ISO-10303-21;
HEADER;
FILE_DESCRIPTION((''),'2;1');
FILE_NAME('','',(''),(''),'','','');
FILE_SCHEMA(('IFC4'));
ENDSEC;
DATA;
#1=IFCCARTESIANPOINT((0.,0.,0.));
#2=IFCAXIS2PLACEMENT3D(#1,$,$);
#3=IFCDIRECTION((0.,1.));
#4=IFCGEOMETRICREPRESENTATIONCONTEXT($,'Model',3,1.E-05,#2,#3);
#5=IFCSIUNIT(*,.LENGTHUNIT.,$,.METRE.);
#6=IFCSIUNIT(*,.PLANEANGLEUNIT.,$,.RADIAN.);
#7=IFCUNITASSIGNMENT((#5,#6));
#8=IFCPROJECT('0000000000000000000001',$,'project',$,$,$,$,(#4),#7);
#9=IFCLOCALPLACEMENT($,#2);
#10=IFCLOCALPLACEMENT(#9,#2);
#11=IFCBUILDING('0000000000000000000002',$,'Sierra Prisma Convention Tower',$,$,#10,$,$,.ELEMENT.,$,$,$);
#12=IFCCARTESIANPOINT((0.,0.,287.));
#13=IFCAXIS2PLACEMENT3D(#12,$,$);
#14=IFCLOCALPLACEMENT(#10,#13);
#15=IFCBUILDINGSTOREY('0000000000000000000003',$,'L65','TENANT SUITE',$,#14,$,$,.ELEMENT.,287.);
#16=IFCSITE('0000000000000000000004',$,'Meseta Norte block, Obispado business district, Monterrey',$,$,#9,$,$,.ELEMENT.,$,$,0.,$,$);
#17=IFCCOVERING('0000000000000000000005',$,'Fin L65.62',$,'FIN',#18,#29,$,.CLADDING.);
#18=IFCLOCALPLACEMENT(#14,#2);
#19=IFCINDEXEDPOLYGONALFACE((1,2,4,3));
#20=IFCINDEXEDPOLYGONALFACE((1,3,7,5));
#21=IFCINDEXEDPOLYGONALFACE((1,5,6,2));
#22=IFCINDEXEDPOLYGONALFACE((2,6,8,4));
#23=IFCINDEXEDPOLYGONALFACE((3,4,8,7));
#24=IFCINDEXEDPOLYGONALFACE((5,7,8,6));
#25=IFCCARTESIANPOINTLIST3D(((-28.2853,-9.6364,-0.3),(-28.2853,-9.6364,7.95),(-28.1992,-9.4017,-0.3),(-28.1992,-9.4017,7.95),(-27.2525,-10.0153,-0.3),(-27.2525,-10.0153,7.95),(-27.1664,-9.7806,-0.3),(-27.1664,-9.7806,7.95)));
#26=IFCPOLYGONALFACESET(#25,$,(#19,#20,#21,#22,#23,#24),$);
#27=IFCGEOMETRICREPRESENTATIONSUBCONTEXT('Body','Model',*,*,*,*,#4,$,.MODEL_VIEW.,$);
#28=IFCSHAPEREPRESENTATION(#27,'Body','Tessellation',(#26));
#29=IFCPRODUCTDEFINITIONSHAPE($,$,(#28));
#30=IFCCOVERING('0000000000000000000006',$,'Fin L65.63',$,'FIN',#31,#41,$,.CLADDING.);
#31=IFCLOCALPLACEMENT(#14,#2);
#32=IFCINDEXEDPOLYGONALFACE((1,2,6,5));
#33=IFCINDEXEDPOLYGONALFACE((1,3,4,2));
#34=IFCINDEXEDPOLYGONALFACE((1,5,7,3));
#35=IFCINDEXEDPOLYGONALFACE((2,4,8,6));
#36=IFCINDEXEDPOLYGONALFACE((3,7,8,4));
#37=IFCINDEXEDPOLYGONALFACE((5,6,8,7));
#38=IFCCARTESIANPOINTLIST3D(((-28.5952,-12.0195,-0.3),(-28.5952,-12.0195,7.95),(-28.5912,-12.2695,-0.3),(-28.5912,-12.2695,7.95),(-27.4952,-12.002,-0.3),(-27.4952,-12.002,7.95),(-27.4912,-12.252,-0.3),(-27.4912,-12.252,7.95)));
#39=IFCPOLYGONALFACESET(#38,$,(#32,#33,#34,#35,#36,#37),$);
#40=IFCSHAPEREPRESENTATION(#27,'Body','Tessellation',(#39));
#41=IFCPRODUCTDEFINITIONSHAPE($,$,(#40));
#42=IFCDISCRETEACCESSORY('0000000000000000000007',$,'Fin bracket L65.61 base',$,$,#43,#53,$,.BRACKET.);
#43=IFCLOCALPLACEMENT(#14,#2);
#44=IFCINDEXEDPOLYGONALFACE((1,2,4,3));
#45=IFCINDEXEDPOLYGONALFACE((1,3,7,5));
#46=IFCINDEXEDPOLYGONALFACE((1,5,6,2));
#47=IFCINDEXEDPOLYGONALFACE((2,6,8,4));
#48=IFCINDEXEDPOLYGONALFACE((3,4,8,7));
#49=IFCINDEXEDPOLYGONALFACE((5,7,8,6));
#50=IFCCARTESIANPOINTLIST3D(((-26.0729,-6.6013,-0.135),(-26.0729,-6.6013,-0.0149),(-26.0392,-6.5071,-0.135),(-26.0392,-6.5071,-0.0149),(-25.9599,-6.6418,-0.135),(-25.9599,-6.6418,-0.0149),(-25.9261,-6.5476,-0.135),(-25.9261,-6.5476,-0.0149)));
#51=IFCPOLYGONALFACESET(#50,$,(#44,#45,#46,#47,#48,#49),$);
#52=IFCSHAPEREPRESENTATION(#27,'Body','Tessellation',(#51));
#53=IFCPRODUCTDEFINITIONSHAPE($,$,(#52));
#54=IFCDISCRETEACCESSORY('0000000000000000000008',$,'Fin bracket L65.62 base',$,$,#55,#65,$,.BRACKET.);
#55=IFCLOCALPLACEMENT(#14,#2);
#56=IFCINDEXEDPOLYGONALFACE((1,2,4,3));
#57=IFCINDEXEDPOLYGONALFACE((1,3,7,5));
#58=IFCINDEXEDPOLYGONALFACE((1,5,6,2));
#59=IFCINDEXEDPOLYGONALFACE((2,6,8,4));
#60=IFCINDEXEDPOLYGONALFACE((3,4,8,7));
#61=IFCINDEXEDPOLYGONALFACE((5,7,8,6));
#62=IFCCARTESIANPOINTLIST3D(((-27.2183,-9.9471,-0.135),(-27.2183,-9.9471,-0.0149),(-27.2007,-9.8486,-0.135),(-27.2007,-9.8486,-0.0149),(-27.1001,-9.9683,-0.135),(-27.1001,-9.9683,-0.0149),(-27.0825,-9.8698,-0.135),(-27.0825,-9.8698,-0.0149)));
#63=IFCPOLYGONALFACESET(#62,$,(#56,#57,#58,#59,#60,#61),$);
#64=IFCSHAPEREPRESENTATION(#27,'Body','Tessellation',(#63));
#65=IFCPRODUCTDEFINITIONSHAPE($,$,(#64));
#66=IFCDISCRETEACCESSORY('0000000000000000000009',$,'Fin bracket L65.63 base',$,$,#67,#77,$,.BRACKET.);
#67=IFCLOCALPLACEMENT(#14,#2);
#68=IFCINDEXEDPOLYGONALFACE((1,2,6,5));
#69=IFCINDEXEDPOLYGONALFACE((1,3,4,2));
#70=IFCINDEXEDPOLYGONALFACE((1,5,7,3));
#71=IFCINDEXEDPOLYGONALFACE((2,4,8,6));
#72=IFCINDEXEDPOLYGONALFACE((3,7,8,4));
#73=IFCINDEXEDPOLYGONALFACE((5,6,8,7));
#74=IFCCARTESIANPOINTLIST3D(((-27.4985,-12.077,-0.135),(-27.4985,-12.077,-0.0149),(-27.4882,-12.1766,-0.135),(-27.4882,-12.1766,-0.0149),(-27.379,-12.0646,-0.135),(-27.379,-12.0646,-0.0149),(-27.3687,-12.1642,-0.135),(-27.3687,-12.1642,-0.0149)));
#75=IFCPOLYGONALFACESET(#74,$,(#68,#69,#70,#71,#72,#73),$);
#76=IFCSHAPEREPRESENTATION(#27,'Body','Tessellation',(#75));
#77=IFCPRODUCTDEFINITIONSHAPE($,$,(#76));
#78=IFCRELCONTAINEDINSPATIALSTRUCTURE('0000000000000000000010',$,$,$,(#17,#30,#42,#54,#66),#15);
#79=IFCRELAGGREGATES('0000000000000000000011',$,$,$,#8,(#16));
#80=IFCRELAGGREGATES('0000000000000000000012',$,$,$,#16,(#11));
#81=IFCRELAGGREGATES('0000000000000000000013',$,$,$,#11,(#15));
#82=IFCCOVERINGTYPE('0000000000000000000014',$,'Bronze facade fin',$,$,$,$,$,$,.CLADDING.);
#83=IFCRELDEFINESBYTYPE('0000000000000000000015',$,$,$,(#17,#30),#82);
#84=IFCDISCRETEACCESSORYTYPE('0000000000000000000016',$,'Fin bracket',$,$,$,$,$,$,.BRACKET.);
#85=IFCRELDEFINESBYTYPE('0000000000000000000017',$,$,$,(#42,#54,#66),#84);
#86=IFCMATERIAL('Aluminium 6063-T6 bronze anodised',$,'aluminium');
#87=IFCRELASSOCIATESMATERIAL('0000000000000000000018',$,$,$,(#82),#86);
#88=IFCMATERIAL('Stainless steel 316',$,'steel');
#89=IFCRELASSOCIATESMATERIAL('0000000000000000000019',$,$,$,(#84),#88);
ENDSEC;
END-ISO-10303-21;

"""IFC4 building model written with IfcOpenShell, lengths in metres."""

from ifc_helpers import new_model, si_unit, direction, frame, origin, origin_2d, place, context, subcontext, project, spatial, rectangle, extrude, material, material_profile, profile_set, type_object, element, save


model = new_model("IFC4")

# Units and contexts
model_context = context("Model", 3, precision=1e-05, world=origin(), true_north=direction((0.0, 1.0)))
body_context = subcontext(model_context, "Body", "Model", "MODEL_VIEW")
ifc_project = project(units=[si_unit("LENGTHUNIT", "METRE"), si_unit("PLANEANGLEUNIT", "RADIAN")], contexts=[model_context])

# Site, building, storey
site_placement = place(None, origin())
site = spatial("IfcSite", under=ifc_project, at=site_placement, Name="Meseta Norte block, Obispado business district, Monterrey", CompositionType="ELEMENT", RefElevation=0.0)
building_placement = place(site_placement, origin())
building = spatial("IfcBuilding", under=site, at=building_placement, Name="Sierra Prisma Convention Tower", CompositionType="ELEMENT")
storey_placement = place(building_placement, frame((0.0, 0.0, 287.0)))
storey = spatial("IfcBuildingStorey", under=building, at=storey_placement, Name="L65", Description="TENANT SUITE", CompositionType="ELEMENT", Elevation=287.0)

# Coverings
ifc_material_1 = material(Name="Aluminium 6063-T6 bronze anodised", Category="aluminium")
ifc_material_profile_1 = material_profile(ifc_material_1, rectangle(XDim=1.1001, YDim=0.25, at=origin_2d()), Name="ALU FIN 1100x250")
ifc_profile_set_1 = profile_set([ifc_material_profile_1], Name="Aluminium 6063-T6 bronze anodised")
covering_type = type_object("IfcCoveringType", Name="Bronze facade fin", PredefinedType="CLADDING", material=ifc_profile_set_1)
for number, where, z_axis, x_axis, name in (
    (1, (-27.7258, -9.7085, -0.3), (0.0, 0.0, 1.0), (-0.93881, 0.344435, 0.0), "Fin L65.62"),
    (2, (-28.0432, -12.1357, -0.3), (0.0, 0.0, 1.0), (-0.999873, -0.01591, 0.0), "Fin L65.63"),
):
    element("IfcCovering", number, at=place(storey_placement, frame(where, z_axis=z_axis, x_axis=x_axis)), inside=storey, type_object=covering_type, Name=name, ObjectType="FIN", PredefinedType="CLADDING", context=body_context, shape_type="SweptSolid", body=[
        extrude(rectangle(XDim=1.1001, YDim=0.25, at=origin_2d()), origin(), (0.0, 0.0, 1.0), 8.25),
    ])

# Discrete accessories
ifc_material_2 = material(Name="Stainless steel 316", Category="steel")
discrete_accessory_type = type_object("IfcDiscreteAccessoryType", Name="Fin bracket", PredefinedType="BRACKET", material=ifc_material_2)
for number, where, z_axis, x_axis, name in (
    (3, (-25.9995, -6.5745, -0.135), (0.0, 0.0, 1.0), (-0.941359, 0.337406, 0.0), "Fin bracket L65.61 base"),
    (4, (-27.1504, -9.9084, -0.135), (0.0, 0.0, 1.0), (-0.984358, 0.176179, 0.0), "Fin bracket L65.62 base"),
    (5, (-27.4336, -12.1206, -0.135), (0.0, 0.0, 1.0), (-0.994682, -0.102994, 0.0), "Fin bracket L65.63 base"),
):
    element("IfcDiscreteAccessory", number, at=place(storey_placement, frame(where, z_axis=z_axis, x_axis=x_axis)), inside=storey, type_object=discrete_accessory_type, Name=name, PredefinedType="BRACKET", context=body_context, shape_type="SweptSolid", body=[
        extrude(rectangle(XDim=0.1201, YDim=0.1001, at=origin_2d()), origin(), (0.0, 0.0, 1.0), 0.1201),
    ])

save(model, "model.ifc")
